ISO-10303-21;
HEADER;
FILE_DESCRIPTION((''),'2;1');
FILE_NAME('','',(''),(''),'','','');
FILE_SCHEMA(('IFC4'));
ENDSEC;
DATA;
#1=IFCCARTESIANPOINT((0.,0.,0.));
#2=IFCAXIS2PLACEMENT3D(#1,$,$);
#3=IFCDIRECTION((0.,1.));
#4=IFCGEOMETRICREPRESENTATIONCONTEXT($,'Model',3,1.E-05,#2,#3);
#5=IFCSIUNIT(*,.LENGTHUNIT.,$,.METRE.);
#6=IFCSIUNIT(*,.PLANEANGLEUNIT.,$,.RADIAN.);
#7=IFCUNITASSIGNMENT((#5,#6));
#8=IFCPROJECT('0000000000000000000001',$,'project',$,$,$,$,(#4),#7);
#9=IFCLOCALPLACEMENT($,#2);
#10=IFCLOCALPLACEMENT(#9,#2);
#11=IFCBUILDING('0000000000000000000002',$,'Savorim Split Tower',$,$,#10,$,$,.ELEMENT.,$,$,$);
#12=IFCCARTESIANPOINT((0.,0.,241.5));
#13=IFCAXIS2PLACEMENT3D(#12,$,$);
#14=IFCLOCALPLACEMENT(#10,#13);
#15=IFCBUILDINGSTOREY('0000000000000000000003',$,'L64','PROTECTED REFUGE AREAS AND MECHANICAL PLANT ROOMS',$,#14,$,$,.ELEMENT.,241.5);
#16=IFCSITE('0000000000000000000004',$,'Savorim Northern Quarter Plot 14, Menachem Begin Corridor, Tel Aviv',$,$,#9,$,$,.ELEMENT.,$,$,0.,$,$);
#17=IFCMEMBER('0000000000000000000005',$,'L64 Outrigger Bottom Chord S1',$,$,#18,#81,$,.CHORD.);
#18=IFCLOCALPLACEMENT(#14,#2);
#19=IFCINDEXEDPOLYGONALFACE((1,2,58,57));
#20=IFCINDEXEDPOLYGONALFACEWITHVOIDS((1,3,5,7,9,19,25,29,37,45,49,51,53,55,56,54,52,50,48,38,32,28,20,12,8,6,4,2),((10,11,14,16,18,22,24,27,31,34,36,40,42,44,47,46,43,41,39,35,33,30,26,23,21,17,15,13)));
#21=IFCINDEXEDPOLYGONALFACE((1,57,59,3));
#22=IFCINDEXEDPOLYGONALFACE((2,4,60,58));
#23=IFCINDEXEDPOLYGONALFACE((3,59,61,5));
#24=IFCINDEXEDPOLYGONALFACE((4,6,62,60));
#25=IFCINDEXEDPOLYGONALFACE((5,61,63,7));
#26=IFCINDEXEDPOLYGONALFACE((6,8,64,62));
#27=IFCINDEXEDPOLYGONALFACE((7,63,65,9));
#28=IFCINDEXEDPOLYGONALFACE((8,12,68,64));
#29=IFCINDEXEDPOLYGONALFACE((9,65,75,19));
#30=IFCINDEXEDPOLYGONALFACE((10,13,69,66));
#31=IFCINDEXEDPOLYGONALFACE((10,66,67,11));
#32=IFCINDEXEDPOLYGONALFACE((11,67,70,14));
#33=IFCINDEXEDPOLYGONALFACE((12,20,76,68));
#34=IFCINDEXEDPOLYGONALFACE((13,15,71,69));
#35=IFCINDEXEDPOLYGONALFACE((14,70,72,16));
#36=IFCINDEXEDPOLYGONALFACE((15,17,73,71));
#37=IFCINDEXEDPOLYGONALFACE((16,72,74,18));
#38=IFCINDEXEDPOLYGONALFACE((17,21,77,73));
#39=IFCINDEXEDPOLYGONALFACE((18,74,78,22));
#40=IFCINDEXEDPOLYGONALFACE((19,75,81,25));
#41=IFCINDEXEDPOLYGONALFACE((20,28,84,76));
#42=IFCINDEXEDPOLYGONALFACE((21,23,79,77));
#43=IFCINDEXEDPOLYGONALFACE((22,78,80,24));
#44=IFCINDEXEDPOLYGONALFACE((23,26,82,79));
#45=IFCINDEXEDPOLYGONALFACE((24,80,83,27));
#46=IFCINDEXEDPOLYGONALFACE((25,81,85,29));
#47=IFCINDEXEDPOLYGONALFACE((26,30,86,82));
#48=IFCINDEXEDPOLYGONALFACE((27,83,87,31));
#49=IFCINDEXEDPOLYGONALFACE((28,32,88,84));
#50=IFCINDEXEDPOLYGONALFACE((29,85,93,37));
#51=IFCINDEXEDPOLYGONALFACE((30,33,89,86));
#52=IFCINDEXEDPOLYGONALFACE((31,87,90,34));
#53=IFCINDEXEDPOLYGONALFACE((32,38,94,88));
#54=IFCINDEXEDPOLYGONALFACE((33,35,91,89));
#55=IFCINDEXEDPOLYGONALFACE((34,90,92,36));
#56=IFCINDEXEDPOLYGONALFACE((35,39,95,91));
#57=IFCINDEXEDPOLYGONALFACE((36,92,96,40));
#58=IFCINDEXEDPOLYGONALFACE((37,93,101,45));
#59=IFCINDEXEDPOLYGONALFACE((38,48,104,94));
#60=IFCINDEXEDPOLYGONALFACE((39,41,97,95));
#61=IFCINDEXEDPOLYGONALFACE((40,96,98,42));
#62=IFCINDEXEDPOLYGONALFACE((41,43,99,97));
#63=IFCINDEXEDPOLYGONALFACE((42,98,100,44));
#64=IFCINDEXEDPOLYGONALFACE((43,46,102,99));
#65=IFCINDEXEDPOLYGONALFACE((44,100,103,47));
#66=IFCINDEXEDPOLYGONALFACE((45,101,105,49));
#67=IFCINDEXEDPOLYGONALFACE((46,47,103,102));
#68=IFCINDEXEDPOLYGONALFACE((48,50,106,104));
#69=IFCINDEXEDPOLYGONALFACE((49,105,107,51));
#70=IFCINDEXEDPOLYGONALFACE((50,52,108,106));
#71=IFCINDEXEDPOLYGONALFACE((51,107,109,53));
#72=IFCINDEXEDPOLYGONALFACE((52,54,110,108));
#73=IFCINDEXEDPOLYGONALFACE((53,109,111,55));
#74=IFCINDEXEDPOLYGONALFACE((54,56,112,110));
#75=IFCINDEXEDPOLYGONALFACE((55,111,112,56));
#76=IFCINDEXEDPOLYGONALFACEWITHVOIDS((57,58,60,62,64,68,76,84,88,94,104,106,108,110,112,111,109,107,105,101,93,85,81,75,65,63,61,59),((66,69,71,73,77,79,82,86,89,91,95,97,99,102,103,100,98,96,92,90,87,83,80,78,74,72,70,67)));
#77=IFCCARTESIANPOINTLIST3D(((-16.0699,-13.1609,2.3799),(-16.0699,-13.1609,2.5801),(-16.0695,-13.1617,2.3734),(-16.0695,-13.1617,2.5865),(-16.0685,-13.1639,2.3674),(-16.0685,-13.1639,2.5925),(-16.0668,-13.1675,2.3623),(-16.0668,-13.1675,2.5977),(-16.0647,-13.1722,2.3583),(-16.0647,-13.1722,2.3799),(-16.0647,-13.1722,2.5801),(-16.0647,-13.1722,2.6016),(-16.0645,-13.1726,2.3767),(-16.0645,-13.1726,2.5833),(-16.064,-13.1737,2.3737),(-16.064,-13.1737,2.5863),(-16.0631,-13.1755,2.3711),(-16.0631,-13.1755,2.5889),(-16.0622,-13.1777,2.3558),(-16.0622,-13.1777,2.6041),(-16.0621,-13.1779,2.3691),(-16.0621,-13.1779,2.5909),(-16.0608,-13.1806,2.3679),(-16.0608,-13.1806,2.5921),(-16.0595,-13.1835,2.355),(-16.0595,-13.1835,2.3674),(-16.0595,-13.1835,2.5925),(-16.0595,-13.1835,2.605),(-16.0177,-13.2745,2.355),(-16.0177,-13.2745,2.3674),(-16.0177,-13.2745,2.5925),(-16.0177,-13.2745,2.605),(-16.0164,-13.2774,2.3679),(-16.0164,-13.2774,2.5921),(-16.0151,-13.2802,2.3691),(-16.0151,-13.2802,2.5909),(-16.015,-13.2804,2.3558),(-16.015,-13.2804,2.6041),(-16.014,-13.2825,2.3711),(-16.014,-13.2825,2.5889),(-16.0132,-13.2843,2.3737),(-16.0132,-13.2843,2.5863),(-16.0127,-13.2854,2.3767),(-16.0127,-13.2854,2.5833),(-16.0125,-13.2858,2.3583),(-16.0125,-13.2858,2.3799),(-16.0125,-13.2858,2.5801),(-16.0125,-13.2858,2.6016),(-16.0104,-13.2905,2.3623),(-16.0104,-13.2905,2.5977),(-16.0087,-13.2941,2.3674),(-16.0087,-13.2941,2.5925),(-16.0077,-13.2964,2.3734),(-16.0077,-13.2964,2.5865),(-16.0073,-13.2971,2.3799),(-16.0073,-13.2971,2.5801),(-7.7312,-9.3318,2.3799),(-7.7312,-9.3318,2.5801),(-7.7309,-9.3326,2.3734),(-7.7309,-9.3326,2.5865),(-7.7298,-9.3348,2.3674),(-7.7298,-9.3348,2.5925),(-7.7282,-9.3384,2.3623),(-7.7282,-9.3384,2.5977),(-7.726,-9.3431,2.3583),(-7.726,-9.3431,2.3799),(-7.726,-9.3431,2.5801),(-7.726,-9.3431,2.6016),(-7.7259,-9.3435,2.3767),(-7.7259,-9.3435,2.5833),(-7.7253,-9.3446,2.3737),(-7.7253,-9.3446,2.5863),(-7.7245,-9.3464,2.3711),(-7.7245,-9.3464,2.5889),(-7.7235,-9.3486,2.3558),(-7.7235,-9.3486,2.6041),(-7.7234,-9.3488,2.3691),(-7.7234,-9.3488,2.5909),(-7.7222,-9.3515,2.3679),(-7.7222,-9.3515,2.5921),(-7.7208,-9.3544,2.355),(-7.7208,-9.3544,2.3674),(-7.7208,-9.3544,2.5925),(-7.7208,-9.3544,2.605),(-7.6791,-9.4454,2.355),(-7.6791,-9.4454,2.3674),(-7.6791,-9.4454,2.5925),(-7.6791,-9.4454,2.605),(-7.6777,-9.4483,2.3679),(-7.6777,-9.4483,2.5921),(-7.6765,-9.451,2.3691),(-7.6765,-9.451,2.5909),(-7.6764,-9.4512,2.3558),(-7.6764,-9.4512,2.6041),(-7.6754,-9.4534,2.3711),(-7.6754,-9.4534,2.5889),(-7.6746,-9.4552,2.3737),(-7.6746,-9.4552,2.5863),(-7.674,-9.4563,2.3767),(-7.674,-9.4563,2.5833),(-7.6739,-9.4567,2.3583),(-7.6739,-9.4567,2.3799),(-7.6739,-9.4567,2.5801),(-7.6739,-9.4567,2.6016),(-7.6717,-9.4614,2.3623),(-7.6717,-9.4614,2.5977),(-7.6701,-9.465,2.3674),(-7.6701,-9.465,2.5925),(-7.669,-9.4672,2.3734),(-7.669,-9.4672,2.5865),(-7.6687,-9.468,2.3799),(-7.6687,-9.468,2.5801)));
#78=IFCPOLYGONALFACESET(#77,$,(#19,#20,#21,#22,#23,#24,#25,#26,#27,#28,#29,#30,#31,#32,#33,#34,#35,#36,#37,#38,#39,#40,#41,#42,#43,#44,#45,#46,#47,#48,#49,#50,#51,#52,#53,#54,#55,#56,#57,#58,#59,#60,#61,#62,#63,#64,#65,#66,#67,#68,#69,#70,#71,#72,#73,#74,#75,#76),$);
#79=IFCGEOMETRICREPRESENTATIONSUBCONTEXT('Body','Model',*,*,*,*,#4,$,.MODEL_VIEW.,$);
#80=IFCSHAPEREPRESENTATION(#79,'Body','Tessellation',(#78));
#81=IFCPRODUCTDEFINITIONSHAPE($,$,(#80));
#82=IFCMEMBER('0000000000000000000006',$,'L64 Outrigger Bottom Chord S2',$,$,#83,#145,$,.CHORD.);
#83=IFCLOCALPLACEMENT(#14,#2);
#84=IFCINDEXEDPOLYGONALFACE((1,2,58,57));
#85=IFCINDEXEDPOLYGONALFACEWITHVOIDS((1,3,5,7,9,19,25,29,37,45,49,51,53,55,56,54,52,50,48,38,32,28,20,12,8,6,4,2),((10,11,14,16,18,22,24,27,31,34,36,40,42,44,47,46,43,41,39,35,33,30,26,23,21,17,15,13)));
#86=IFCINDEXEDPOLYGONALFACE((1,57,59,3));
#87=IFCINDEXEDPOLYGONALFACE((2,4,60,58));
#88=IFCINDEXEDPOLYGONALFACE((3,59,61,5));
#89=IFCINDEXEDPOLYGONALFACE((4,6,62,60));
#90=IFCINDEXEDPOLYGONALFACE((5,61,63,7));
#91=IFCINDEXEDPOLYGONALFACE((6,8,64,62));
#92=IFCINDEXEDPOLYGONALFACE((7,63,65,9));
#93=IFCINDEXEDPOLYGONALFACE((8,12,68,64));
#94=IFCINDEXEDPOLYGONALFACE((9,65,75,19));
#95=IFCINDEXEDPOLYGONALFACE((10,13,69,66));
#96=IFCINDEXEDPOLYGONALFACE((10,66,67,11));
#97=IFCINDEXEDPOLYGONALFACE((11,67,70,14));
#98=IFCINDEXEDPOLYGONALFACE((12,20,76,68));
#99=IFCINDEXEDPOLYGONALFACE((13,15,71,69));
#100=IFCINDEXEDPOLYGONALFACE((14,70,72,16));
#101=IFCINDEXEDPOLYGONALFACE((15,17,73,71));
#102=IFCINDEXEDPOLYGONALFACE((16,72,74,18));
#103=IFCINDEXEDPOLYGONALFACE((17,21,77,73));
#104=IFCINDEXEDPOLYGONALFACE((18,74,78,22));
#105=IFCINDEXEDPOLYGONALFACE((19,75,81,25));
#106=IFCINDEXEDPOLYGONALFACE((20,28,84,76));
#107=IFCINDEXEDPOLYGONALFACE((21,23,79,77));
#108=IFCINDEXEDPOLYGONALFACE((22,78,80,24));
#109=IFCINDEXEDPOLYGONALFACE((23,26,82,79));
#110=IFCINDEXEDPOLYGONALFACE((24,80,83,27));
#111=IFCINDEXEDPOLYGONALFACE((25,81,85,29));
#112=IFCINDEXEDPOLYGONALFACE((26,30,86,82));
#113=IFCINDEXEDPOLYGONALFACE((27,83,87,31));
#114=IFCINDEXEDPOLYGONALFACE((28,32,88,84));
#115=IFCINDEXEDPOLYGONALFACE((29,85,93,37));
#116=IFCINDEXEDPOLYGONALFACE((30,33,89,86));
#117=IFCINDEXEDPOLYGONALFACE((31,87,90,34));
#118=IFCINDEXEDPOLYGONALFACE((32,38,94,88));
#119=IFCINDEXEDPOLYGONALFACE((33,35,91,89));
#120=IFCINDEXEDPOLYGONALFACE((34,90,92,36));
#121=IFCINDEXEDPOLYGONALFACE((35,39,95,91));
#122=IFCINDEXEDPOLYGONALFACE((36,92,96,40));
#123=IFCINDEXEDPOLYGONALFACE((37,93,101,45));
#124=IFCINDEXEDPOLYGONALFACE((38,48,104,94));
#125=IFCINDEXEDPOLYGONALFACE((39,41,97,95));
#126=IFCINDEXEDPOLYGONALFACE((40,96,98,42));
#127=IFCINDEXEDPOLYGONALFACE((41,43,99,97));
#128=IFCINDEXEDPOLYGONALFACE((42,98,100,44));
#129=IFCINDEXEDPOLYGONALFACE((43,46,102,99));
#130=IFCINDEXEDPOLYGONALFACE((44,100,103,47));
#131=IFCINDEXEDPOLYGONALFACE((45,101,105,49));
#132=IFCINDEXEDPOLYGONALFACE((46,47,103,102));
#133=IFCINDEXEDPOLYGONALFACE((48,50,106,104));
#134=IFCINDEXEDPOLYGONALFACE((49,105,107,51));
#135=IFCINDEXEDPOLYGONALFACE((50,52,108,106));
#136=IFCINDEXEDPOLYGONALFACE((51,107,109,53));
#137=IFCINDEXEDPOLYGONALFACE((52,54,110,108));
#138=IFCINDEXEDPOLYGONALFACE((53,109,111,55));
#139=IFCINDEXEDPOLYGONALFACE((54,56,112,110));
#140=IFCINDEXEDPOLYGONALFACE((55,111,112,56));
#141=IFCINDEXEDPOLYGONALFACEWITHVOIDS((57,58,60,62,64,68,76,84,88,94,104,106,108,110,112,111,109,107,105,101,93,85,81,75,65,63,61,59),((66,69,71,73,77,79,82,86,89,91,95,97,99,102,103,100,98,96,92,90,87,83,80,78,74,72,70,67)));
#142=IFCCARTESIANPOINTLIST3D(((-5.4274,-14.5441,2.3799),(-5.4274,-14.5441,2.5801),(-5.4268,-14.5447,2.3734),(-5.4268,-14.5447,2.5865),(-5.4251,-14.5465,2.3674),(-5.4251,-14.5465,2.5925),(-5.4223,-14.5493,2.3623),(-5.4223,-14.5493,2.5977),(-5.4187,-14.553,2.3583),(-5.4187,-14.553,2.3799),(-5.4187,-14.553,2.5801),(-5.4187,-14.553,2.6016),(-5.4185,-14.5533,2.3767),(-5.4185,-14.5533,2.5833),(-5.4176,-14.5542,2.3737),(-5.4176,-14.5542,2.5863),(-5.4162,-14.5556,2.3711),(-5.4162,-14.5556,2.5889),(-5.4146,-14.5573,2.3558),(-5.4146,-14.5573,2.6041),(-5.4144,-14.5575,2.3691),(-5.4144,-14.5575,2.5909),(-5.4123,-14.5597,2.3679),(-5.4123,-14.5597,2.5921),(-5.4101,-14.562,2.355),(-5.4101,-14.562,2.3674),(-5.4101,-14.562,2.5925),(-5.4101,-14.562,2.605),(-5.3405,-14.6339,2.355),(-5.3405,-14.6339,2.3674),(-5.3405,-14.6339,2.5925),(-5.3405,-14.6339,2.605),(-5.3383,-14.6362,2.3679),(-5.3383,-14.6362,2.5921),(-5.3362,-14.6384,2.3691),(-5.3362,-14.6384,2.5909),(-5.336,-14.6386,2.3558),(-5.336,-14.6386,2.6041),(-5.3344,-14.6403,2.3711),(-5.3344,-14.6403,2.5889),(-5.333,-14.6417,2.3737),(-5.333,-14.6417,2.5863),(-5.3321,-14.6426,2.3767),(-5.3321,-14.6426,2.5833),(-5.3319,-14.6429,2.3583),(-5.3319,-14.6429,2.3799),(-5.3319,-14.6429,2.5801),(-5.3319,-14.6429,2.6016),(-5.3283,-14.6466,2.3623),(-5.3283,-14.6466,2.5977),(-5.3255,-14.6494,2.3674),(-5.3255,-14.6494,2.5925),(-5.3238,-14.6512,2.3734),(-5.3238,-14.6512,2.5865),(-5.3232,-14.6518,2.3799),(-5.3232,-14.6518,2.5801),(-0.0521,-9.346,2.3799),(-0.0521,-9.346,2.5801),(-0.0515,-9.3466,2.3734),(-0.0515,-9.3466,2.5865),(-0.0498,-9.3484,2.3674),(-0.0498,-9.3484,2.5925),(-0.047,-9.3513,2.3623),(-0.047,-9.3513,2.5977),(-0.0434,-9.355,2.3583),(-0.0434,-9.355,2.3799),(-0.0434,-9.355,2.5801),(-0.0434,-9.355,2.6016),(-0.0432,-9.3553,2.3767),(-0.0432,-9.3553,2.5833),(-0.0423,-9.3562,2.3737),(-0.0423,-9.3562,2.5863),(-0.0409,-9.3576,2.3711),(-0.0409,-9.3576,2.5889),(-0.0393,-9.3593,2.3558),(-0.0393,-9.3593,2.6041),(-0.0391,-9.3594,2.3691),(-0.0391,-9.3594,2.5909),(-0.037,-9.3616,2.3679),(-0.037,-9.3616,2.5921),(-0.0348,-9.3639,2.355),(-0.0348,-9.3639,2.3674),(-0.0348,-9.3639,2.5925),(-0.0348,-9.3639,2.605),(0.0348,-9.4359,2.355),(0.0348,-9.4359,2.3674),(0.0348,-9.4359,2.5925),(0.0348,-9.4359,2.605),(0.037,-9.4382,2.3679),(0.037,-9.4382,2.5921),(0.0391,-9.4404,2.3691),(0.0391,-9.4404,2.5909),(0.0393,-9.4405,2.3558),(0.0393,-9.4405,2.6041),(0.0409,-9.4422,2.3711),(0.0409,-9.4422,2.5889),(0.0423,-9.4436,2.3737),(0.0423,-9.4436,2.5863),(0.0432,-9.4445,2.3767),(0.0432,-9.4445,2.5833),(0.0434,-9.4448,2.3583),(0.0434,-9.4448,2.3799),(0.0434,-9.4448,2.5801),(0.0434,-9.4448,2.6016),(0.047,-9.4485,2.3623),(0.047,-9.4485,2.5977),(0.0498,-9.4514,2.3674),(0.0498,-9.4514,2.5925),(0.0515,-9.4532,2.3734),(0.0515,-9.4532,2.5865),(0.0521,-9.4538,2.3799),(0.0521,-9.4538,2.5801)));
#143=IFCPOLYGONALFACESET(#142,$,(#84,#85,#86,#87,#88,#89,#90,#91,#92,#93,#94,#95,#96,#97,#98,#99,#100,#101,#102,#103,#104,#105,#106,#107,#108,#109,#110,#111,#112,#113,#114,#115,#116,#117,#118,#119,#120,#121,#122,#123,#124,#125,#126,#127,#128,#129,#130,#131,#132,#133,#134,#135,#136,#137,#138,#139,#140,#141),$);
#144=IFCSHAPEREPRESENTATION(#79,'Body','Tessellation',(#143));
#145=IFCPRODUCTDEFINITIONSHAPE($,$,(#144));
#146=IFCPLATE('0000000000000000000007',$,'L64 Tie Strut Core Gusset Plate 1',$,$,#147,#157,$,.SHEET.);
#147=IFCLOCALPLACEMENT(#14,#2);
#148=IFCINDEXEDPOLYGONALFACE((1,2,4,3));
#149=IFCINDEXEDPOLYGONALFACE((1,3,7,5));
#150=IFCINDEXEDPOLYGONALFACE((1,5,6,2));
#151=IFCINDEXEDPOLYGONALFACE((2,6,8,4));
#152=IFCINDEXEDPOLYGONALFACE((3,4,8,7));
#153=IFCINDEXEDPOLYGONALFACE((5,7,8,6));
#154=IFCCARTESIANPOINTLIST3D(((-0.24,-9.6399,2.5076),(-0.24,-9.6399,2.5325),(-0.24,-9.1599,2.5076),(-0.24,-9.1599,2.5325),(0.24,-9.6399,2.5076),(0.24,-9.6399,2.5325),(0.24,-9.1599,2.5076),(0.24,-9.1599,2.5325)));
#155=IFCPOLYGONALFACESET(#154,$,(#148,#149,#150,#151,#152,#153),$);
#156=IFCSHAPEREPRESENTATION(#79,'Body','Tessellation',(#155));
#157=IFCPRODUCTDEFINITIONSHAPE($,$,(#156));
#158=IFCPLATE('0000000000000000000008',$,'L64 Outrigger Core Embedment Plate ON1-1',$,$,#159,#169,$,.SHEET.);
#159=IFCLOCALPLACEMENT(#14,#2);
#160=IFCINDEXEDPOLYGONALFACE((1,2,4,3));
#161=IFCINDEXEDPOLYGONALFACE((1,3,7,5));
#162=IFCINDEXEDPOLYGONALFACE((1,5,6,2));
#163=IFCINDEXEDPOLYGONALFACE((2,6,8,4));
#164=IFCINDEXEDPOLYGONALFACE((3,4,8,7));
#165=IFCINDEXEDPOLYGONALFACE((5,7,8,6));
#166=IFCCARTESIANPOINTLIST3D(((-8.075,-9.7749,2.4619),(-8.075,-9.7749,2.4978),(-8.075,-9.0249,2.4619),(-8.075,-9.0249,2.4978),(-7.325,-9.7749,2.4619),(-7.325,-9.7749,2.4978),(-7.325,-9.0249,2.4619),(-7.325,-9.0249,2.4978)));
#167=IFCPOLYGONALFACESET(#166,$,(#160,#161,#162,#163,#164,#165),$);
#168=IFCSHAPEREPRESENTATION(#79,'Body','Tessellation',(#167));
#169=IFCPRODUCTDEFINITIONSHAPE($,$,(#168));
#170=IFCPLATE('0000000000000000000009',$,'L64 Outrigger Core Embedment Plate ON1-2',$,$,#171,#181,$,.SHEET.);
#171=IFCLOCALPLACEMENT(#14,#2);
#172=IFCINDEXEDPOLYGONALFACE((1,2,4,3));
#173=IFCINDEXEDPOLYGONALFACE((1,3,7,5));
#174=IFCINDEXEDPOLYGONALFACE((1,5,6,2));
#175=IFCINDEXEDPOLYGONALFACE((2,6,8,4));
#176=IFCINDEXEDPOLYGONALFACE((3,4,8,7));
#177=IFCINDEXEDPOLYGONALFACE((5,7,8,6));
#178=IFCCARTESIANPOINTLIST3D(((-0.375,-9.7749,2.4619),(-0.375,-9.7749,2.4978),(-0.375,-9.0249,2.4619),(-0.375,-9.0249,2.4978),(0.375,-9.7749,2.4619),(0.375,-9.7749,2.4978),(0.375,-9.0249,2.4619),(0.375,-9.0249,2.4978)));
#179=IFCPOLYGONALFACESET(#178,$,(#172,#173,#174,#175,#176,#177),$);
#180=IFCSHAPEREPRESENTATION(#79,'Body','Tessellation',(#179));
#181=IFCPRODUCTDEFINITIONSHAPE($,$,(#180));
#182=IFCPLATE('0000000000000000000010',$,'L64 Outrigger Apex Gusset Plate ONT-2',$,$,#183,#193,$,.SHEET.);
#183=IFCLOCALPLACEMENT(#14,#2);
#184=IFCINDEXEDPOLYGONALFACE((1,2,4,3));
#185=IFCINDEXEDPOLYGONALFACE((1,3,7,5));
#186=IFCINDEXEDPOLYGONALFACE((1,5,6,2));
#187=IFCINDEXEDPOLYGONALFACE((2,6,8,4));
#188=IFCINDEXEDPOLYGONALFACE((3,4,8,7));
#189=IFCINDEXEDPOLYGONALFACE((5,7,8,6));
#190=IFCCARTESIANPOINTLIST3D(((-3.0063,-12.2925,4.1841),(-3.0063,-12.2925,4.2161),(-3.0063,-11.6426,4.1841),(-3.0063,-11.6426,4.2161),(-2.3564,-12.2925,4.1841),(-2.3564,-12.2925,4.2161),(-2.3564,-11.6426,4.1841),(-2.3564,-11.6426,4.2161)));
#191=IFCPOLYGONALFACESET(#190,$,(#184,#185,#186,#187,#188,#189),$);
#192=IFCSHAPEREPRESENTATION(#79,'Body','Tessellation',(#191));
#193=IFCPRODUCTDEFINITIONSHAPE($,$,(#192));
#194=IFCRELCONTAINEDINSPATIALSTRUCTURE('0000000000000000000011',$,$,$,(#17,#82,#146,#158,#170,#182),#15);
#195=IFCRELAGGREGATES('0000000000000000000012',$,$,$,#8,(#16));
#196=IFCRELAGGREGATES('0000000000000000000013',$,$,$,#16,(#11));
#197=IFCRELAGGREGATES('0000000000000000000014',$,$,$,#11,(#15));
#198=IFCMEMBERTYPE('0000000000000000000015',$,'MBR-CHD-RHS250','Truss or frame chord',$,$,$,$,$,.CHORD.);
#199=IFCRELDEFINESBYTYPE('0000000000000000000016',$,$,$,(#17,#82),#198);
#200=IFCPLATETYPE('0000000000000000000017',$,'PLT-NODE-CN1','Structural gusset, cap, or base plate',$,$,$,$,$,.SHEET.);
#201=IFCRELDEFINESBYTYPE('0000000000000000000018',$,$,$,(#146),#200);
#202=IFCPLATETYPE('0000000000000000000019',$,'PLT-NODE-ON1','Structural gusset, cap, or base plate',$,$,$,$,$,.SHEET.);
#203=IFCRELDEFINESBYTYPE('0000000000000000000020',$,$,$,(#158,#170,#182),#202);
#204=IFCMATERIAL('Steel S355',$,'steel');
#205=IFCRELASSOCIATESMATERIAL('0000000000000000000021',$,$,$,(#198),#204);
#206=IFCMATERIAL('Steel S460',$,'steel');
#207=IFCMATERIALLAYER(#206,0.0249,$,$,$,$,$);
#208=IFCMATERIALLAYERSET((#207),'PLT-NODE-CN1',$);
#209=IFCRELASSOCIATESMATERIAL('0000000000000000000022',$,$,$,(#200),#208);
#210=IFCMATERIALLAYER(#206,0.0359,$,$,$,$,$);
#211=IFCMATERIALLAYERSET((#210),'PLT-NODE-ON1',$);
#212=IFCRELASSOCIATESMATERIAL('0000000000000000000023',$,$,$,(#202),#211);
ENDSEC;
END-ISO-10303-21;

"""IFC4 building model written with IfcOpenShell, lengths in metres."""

from ifc_helpers import new_model, si_unit, direction, frame, origin, origin_2d, place, context, subcontext, project, spatial, rectangle, hollow_rectangle, extrude, material, layer, layer_set, material_profile, profile_set, type_object, element, save


model = new_model("IFC4")

# Units and contexts
model_context = context("Model", 3, precision=1e-05, world=origin(), true_north=direction((0.0, 1.0)))
body_context = subcontext(model_context, "Body", "Model", "MODEL_VIEW")
ifc_project = project(units=[si_unit("LENGTHUNIT", "METRE"), si_unit("PLANEANGLEUNIT", "RADIAN")], contexts=[model_context])

# Site, building, storey
site_placement = place(None, origin())
site = spatial("IfcSite", under=ifc_project, at=site_placement, Name="Savorim Northern Quarter Plot 14, Menachem Begin Corridor, Tel Aviv", CompositionType="ELEMENT", RefElevation=0.0)
building_placement = place(site_placement, origin())
building = spatial("IfcBuilding", under=site, at=building_placement, Name="Savorim Split Tower", CompositionType="ELEMENT")
storey_placement = place(building_placement, frame((0.0, 0.0, 241.5)))
storey = spatial("IfcBuildingStorey", under=building, at=storey_placement, Name="L64", Description="PROTECTED REFUGE AREAS AND MECHANICAL PLANT ROOMS", CompositionType="ELEMENT", Elevation=241.5)

# Shared definitions
ifc_material_1 = material(Name="Steel S355", Category="steel")

# Members
ifc_material_2 = material(Name="Steel S460", Category="steel")
ifc_material_profile_1 = material_profile(ifc_material_1, hollow_rectangle(XDim=0.1499, YDim=0.25, WallThickness=0.0125, InnerFilletRadius=0.0125, OuterFilletRadius=0.0249, at=origin_2d()), Name="RHS 250x150x12.5")
ifc_profile_set_1 = profile_set([ifc_material_profile_1], Name="Steel S355")
member_type_1 = type_object("IfcMemberType", Name="MBR-CHD-RHS250", Description="Truss or frame chord", PredefinedType="CHORD", material=ifc_profile_set_1)
member_1_placement = place(storey_placement, frame((-7.7, -9.3999, 2.48), z_axis=(-0.908766, -0.417306, 0.0), x_axis=(0.417306, -0.908766, 0.0)))
element("IfcMember", 1, at=member_1_placement, inside=storey, type_object=member_type_1, Name="L64 Outrigger Bottom Chord S1", PredefinedType="CHORD", context=body_context, shape_type="SweptSolid", body=[
    extrude(hollow_rectangle(XDim=0.1499, YDim=0.25, WallThickness=0.0125, InnerFilletRadius=0.0125, OuterFilletRadius=0.0249, at=origin_2d()), origin(), (0.0, 0.0, 1.0), 9.1758),
])
member_2_placement = place(storey_placement, frame((0.0, -9.3999, 2.48), z_axis=(-0.718859, -0.695155, 0.0), x_axis=(0.695155, -0.718859, 0.0)))
element("IfcMember", 2, at=member_2_placement, inside=storey, type_object=member_type_1, Name="L64 Outrigger Bottom Chord S2", PredefinedType="CHORD", context=body_context, shape_type="SweptSolid", body=[
    extrude(hollow_rectangle(XDim=0.1499, YDim=0.25, WallThickness=0.0125, InnerFilletRadius=0.0125, OuterFilletRadius=0.0249, at=origin_2d()), origin(), (0.0, 0.0, 1.0), 7.4775),
])

# Plates
ifc_layer_1 = layer(ifc_material_2, 0.0249)
ifc_layer_set_1 = layer_set([ifc_layer_1], Name="PLT-NODE-CN1")
plate_type_1 = type_object("IfcPlateType", Name="PLT-NODE-CN1", Description="Structural gusset, cap, or base plate", PredefinedType="SHEET", material=ifc_layer_set_1)
plate_1_placement = place(storey_placement, frame((0.0, -9.3999, 2.5076), z_axis=(0.0, 0.0, 1.0), x_axis=(1.0, 0.0, 0.0)))
element("IfcPlate", 3, at=plate_1_placement, inside=storey, type_object=plate_type_1, Name="L64 Tie Strut Core Gusset Plate 1", PredefinedType="SHEET", context=body_context, shape_type="SweptSolid", body=[
    extrude(rectangle(XDim=0.48, YDim=0.48, at=origin_2d()), origin(), (0.0, 0.0, 1.0), 0.0249),
])
ifc_layer_2 = layer(ifc_material_2, 0.0359)
ifc_layer_set_2 = layer_set([ifc_layer_2], Name="PLT-NODE-ON1")
plate_type_2 = type_object("IfcPlateType", Name="PLT-NODE-ON1", Description="Structural gusset, cap, or base plate", PredefinedType="SHEET", material=ifc_layer_set_2)
for number, where, z_axis, x_axis, name in (
    (4, (-7.7, -9.3999, 2.4619), (0.0, 0.0, 1.0), (1.0, 0.0, 0.0), "L64 Outrigger Core Embedment Plate ON1-1"),
    (5, (0.0, -9.3999, 2.4619), (0.0, 0.0, 1.0), (1.0, 0.0, 0.0), "L64 Outrigger Core Embedment Plate ON1-2"),
):
    element("IfcPlate", number, at=place(storey_placement, frame(where, z_axis=z_axis, x_axis=x_axis)), inside=storey, type_object=plate_type_2, Name=name, PredefinedType="SHEET", context=body_context, shape_type="SweptSolid", body=[
        extrude(rectangle(XDim=0.75, YDim=0.75, at=origin_2d()), origin(), (0.0, 0.0, 1.0), 0.0359),
    ])
plate_2_placement = place(storey_placement, frame((-2.6814, -11.9675, 4.1841), z_axis=(0.0, 0.0, 1.0), x_axis=(1.0, 0.0, 0.0)))
element("IfcPlate", 6, at=plate_2_placement, inside=storey, type_object=plate_type_2, Name="L64 Outrigger Apex Gusset Plate ONT-2", PredefinedType="SHEET", context=body_context, shape_type="SweptSolid", body=[
    extrude(rectangle(XDim=0.6499, YDim=0.6499, at=origin_2d()), origin(), (0.0, 0.0, 1.0), 0.032),
])

save(model, "model.ifc")
